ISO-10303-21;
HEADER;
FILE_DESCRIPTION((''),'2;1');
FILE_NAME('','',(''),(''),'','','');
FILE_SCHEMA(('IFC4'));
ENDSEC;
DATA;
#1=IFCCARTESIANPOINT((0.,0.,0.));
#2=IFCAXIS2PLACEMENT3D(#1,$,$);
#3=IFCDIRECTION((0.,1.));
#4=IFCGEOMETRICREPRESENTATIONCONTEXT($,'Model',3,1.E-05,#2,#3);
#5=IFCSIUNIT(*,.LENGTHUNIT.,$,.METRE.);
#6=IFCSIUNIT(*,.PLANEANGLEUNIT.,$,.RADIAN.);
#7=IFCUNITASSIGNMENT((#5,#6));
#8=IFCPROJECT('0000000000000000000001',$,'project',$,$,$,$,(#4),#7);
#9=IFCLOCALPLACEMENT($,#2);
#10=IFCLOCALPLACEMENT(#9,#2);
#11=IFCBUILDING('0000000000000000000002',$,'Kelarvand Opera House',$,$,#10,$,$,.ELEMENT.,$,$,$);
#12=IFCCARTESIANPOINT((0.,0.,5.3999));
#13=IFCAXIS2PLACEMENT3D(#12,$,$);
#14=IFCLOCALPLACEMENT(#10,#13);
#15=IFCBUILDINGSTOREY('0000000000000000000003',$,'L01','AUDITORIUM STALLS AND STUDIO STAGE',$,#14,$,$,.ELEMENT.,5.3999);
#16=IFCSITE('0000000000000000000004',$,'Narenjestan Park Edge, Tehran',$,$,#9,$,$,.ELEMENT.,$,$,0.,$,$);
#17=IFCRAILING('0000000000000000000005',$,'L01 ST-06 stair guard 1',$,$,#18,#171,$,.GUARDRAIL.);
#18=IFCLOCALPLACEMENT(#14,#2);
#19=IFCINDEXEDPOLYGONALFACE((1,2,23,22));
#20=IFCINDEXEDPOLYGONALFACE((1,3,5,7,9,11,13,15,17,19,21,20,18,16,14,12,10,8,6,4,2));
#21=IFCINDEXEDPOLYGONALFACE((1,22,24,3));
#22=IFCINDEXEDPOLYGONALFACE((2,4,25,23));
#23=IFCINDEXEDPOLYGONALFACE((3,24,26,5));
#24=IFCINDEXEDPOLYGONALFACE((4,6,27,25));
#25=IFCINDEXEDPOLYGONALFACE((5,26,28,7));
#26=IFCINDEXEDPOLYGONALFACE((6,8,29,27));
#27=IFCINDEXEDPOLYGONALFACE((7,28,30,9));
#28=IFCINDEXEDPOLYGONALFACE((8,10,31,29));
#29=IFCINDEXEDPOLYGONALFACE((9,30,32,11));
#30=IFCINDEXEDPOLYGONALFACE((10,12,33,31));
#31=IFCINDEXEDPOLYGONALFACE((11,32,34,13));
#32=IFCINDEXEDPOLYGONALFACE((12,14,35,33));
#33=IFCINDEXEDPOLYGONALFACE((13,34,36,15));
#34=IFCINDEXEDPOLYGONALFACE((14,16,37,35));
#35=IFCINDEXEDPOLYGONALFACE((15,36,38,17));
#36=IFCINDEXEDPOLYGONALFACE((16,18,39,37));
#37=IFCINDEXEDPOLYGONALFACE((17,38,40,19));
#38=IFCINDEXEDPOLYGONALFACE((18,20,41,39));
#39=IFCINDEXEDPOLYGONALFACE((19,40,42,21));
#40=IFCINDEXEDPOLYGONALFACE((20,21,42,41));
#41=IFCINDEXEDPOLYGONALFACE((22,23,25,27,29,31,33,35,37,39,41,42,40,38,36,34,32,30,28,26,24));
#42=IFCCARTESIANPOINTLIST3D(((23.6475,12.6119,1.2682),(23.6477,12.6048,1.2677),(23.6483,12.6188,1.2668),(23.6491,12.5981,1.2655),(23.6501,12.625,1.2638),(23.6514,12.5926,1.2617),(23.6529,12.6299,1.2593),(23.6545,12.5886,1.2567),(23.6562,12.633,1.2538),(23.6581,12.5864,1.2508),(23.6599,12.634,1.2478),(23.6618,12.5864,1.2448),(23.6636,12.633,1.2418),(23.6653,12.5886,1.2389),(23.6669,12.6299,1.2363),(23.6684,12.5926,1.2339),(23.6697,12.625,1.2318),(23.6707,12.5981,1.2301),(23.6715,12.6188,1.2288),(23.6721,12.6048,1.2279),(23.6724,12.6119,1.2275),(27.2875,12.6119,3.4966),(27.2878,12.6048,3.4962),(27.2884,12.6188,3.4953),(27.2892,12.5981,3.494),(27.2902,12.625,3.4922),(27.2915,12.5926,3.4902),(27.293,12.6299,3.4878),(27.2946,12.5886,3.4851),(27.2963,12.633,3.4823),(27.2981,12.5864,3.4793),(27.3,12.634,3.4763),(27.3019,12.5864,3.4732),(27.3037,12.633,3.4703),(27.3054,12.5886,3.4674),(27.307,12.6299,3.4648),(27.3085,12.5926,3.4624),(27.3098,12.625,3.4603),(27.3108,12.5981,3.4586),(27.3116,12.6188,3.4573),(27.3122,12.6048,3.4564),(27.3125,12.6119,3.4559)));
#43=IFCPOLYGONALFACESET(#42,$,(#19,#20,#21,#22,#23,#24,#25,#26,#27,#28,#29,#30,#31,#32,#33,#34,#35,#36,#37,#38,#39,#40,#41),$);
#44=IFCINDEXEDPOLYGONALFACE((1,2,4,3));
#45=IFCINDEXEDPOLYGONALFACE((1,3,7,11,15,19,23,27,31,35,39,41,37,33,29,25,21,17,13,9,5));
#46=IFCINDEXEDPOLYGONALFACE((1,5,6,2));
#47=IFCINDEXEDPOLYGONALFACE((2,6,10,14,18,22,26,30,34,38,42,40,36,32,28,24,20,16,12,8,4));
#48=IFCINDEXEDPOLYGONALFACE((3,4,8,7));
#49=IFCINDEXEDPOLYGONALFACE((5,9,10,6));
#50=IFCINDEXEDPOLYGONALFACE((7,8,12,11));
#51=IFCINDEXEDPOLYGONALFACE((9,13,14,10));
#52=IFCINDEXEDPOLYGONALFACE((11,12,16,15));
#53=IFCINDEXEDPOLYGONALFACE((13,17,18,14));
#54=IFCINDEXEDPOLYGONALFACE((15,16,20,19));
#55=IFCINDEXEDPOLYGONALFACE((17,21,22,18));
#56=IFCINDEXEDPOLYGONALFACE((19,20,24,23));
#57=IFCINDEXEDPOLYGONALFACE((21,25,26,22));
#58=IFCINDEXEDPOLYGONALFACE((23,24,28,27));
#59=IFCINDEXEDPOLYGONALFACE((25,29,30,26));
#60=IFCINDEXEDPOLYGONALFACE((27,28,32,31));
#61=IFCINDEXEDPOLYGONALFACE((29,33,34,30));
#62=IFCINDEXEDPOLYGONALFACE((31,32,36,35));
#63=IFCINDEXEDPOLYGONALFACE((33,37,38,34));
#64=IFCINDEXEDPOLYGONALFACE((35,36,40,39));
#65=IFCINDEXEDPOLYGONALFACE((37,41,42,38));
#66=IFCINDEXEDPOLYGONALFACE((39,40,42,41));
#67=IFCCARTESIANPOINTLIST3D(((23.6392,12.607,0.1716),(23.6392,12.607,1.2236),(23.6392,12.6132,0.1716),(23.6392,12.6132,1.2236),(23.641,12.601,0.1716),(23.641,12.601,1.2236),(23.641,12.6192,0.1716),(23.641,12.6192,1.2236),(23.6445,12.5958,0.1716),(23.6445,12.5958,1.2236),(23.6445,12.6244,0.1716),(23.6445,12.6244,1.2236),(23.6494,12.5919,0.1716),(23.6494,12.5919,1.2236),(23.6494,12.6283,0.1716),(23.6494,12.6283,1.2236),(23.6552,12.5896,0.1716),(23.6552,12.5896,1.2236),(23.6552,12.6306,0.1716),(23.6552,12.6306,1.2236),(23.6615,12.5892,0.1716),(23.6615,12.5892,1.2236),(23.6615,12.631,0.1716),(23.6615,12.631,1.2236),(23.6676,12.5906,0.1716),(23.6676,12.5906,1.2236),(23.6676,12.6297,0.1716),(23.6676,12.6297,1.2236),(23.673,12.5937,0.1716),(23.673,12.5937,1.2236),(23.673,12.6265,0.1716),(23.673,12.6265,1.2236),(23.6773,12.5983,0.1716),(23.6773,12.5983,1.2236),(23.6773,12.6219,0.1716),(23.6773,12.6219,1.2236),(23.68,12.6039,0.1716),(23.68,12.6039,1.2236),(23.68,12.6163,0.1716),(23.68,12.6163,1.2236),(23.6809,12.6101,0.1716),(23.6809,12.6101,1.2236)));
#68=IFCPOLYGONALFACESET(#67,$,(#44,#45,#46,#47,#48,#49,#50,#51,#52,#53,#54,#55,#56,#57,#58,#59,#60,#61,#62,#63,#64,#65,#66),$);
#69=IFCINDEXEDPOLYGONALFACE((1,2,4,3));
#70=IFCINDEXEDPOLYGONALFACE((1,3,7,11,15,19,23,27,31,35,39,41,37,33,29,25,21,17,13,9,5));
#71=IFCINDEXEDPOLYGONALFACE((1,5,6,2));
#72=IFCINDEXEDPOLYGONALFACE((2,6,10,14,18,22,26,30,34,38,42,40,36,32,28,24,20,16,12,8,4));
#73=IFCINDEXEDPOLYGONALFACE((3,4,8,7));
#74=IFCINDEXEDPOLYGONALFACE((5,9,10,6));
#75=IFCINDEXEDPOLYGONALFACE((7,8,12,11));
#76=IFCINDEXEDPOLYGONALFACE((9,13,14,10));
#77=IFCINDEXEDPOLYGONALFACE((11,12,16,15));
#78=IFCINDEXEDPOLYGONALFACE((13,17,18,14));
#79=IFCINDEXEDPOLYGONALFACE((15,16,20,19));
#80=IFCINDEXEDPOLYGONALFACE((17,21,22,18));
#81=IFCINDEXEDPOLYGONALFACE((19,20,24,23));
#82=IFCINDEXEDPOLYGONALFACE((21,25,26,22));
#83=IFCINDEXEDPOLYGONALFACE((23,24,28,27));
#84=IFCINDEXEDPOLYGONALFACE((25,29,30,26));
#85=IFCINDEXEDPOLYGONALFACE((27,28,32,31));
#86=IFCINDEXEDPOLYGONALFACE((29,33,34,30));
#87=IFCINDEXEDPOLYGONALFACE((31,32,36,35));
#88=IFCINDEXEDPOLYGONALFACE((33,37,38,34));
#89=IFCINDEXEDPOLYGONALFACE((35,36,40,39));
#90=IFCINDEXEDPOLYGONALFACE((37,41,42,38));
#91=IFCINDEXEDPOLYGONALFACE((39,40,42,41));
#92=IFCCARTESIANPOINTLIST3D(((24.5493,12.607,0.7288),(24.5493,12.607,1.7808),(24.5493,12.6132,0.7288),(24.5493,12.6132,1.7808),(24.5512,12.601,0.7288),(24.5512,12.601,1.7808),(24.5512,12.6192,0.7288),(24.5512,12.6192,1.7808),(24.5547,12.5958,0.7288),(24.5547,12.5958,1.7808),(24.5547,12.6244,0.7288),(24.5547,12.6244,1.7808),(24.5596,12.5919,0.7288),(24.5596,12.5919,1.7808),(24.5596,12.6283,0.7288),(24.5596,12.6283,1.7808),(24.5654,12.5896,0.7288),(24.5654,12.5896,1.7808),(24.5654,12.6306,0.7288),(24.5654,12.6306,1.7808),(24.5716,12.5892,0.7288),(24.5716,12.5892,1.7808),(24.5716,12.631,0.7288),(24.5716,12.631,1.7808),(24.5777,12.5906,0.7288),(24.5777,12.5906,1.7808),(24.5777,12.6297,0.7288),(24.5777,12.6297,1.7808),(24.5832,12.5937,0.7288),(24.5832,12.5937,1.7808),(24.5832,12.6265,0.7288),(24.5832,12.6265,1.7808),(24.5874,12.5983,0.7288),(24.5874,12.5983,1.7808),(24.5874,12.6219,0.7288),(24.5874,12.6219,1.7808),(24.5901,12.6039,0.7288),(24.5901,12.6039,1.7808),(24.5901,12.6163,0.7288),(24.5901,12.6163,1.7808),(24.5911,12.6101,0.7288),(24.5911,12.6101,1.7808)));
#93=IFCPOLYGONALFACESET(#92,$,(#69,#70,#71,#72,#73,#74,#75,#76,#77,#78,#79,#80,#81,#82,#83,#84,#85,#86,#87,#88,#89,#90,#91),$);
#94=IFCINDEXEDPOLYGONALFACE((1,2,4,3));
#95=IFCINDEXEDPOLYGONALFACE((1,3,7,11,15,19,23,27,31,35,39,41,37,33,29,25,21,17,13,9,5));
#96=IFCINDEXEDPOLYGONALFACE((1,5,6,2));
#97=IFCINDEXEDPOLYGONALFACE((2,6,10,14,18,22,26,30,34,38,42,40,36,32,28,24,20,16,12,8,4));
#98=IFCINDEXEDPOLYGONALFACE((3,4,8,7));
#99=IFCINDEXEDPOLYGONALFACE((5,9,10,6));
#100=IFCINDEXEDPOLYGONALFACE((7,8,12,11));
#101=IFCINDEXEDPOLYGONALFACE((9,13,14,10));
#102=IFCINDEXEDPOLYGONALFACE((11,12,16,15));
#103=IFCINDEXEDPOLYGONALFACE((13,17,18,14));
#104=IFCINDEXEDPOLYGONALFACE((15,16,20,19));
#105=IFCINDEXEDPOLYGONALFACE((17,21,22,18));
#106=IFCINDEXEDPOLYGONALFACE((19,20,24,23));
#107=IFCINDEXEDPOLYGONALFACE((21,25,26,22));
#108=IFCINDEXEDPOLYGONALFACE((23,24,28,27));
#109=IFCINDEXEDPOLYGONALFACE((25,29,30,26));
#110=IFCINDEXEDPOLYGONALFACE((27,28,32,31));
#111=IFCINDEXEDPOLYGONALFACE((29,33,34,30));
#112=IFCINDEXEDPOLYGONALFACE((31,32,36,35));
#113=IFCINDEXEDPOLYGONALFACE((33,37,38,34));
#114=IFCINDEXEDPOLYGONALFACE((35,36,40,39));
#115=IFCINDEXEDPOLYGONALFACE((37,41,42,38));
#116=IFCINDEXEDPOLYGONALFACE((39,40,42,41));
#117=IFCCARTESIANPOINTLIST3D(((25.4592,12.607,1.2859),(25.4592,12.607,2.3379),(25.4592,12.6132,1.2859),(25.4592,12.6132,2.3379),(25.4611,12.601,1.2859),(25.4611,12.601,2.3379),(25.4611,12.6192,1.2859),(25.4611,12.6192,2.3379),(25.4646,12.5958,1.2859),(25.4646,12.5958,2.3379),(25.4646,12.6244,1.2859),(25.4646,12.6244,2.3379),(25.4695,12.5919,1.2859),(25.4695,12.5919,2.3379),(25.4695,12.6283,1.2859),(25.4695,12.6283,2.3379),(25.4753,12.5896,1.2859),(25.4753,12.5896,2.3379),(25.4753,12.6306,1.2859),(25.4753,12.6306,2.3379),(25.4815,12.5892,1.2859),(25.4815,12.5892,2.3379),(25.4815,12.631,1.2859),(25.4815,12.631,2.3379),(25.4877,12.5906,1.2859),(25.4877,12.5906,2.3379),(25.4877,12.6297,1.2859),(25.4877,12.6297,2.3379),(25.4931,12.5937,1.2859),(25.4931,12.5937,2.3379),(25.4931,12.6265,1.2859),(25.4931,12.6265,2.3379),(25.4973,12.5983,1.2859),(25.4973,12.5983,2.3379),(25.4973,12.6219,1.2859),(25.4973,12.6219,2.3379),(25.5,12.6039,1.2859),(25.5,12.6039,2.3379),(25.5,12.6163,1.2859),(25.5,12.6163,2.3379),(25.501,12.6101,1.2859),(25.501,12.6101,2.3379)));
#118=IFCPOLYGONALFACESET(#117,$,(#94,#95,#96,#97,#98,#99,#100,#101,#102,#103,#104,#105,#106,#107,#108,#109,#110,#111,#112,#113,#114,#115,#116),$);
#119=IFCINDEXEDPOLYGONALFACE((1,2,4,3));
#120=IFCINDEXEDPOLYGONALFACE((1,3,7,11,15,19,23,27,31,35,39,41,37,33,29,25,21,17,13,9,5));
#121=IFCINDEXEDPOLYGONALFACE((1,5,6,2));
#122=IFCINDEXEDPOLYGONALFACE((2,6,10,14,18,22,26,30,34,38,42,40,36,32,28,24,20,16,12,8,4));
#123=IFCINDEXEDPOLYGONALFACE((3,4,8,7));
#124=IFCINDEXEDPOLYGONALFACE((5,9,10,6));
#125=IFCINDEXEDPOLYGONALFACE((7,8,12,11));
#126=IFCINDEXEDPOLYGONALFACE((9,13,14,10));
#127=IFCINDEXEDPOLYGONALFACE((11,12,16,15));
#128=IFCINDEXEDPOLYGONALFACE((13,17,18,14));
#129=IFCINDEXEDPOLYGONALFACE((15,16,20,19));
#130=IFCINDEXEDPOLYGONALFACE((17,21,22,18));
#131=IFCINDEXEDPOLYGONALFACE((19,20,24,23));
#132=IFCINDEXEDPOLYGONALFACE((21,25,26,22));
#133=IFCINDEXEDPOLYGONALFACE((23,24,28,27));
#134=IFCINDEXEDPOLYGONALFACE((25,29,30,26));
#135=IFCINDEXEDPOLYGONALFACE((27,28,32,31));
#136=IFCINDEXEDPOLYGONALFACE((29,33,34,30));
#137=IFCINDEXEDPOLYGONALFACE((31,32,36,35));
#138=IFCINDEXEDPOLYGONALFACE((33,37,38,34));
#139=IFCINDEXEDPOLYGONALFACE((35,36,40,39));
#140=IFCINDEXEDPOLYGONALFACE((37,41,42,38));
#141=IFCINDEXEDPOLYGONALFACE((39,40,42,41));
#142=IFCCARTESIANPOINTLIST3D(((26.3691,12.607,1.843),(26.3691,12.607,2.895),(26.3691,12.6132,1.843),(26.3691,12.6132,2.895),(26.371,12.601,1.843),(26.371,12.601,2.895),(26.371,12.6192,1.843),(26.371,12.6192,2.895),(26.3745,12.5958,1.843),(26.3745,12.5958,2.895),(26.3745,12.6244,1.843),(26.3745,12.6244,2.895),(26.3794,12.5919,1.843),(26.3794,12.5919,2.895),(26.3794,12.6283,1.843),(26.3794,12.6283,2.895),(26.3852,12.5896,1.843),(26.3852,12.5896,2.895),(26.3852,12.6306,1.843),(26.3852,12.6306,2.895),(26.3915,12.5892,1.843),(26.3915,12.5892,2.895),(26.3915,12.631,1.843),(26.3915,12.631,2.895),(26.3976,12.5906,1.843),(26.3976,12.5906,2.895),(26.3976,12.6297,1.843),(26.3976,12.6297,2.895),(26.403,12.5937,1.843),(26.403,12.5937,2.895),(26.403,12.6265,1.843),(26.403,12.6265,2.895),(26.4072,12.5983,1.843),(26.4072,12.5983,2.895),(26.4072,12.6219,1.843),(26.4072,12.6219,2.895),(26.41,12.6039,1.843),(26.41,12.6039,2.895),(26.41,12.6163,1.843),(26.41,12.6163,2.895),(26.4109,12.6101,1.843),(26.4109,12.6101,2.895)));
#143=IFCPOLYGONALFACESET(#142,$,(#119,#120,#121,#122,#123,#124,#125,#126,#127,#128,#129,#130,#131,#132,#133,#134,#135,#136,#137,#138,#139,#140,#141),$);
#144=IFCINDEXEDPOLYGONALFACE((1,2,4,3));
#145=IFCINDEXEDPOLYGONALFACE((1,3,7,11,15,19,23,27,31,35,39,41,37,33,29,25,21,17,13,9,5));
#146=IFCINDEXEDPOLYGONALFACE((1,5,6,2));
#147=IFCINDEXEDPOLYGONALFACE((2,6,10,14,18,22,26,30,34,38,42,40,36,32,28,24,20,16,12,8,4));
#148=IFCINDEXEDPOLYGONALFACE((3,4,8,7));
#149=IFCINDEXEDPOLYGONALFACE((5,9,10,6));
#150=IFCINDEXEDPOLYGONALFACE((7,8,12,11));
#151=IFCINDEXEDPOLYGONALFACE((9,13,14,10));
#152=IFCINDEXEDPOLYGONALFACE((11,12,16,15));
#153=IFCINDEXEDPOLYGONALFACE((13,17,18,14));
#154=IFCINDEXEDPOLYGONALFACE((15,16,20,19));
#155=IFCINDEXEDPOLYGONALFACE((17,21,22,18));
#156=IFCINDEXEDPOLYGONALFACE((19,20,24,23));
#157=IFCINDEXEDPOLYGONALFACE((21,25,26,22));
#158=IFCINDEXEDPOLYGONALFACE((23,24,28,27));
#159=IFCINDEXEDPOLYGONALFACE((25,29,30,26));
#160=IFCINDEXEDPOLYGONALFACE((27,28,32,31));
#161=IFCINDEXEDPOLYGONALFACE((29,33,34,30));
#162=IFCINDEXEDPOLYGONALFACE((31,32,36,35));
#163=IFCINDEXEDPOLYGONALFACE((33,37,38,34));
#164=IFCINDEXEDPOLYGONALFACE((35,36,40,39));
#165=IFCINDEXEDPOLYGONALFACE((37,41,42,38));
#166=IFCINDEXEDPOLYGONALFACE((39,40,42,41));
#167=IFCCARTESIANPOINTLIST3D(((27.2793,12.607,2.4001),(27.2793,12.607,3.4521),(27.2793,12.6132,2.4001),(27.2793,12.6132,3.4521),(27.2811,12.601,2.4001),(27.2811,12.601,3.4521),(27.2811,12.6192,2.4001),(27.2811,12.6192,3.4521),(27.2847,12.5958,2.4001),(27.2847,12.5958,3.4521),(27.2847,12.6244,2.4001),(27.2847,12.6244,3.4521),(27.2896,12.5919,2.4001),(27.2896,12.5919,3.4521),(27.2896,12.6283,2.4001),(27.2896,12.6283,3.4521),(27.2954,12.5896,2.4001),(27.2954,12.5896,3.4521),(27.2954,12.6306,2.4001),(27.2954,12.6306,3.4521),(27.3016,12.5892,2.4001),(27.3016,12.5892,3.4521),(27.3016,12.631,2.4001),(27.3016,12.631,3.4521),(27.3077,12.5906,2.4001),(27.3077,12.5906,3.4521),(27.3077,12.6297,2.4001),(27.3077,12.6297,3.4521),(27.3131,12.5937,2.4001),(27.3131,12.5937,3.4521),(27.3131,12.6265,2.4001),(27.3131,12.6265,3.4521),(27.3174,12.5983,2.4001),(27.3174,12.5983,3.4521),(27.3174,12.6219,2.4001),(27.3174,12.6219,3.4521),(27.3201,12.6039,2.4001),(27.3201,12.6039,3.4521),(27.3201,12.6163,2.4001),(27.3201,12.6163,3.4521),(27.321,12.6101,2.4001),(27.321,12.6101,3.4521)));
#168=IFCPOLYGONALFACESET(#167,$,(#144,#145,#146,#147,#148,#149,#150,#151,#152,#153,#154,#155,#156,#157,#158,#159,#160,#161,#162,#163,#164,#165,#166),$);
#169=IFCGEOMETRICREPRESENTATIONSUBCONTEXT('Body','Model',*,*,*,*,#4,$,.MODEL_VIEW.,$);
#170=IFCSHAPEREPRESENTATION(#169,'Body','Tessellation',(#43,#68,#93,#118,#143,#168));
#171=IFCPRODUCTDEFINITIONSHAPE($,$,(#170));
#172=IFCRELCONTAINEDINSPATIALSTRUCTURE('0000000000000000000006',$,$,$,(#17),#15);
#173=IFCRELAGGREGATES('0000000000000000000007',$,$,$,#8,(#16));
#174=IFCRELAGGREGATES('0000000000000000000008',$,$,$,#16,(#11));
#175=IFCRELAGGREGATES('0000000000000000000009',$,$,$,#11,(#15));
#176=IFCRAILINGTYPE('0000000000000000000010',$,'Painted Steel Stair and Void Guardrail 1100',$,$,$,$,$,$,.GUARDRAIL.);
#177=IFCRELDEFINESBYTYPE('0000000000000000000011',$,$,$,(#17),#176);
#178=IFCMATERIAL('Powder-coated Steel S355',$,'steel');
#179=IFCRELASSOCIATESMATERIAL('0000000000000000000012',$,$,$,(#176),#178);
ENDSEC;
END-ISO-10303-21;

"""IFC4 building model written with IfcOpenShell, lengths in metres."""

from ifc_helpers import new_model, si_unit, direction, frame, origin, origin_2d, place, context, subcontext, project, spatial, circle, extrude, material, type_object, element, save


model = new_model("IFC4")

# Units and contexts
model_context = context("Model", 3, precision=1e-05, world=origin(), true_north=direction((0.0, 1.0)))
body_context = subcontext(model_context, "Body", "Model", "MODEL_VIEW")
ifc_project = project(units=[si_unit("LENGTHUNIT", "METRE"), si_unit("PLANEANGLEUNIT", "RADIAN")], contexts=[model_context])

# Site, building, storey
site_placement = place(None, origin())
site = spatial("IfcSite", under=ifc_project, at=site_placement, Name="Narenjestan Park Edge, Tehran", CompositionType="ELEMENT", RefElevation=0.0)
building_placement = place(site_placement, origin())
building = spatial("IfcBuilding", under=site, at=building_placement, Name="Kelarvand Opera House", CompositionType="ELEMENT")
storey_placement = place(building_placement, frame((0.0, 0.0, 5.3999)))
storey = spatial("IfcBuildingStorey", under=building, at=storey_placement, Name="L01", Description="AUDITORIUM STALLS AND STUDIO STAGE", CompositionType="ELEMENT", Elevation=5.3999)

# Railing
ifc_material_1 = material(Name="Powder-coated Steel S355", Category="steel")
railing_type_1 = type_object("IfcRailingType", Name="Painted Steel Stair and Void Guardrail 1100", PredefinedType="GUARDRAIL", material=ifc_material_1)
railing_1_placement = place(storey_placement, frame((23.6599, 12.6101, 0.1716)))
element("IfcRailing", 1, at=railing_1_placement, inside=storey, type_object=railing_type_1, Name="L01 ST-06 stair guard 1", PredefinedType="GUARDRAIL", context=body_context, shape_type="SweptSolid", body=[
    extrude(circle(Radius=0.0239, at=origin_2d()), frame((0.0, 0.0, 1.0762), z_axis=(0.852866, 0.0, 0.52213), x_axis=(0.0, 1.0, 0.0)), (0.0, 0.0, 1.0), 4.2681),
    extrude(circle(Radius=0.021, at=origin_2d()), origin(), (0.0, 0.0, 1.0), 1.052),
    extrude(circle(Radius=0.021, at=origin_2d()), frame((0.9102, 0.0, 0.5571)), (0.0, 0.0, 1.0), 1.052),
    extrude(circle(Radius=0.021, at=origin_2d()), frame((1.8201, 0.0, 1.1143)), (0.0, 0.0, 1.0), 1.052),
    extrude(circle(Radius=0.021, at=origin_2d()), frame((2.73, 0.0, 1.6714)), (0.0, 0.0, 1.0), 1.052),
    extrude(circle(Radius=0.021, at=origin_2d()), frame((3.6401, 0.0, 2.2285)), (0.0, 0.0, 1.0), 1.052),
])

save(model, "model.ifc")
